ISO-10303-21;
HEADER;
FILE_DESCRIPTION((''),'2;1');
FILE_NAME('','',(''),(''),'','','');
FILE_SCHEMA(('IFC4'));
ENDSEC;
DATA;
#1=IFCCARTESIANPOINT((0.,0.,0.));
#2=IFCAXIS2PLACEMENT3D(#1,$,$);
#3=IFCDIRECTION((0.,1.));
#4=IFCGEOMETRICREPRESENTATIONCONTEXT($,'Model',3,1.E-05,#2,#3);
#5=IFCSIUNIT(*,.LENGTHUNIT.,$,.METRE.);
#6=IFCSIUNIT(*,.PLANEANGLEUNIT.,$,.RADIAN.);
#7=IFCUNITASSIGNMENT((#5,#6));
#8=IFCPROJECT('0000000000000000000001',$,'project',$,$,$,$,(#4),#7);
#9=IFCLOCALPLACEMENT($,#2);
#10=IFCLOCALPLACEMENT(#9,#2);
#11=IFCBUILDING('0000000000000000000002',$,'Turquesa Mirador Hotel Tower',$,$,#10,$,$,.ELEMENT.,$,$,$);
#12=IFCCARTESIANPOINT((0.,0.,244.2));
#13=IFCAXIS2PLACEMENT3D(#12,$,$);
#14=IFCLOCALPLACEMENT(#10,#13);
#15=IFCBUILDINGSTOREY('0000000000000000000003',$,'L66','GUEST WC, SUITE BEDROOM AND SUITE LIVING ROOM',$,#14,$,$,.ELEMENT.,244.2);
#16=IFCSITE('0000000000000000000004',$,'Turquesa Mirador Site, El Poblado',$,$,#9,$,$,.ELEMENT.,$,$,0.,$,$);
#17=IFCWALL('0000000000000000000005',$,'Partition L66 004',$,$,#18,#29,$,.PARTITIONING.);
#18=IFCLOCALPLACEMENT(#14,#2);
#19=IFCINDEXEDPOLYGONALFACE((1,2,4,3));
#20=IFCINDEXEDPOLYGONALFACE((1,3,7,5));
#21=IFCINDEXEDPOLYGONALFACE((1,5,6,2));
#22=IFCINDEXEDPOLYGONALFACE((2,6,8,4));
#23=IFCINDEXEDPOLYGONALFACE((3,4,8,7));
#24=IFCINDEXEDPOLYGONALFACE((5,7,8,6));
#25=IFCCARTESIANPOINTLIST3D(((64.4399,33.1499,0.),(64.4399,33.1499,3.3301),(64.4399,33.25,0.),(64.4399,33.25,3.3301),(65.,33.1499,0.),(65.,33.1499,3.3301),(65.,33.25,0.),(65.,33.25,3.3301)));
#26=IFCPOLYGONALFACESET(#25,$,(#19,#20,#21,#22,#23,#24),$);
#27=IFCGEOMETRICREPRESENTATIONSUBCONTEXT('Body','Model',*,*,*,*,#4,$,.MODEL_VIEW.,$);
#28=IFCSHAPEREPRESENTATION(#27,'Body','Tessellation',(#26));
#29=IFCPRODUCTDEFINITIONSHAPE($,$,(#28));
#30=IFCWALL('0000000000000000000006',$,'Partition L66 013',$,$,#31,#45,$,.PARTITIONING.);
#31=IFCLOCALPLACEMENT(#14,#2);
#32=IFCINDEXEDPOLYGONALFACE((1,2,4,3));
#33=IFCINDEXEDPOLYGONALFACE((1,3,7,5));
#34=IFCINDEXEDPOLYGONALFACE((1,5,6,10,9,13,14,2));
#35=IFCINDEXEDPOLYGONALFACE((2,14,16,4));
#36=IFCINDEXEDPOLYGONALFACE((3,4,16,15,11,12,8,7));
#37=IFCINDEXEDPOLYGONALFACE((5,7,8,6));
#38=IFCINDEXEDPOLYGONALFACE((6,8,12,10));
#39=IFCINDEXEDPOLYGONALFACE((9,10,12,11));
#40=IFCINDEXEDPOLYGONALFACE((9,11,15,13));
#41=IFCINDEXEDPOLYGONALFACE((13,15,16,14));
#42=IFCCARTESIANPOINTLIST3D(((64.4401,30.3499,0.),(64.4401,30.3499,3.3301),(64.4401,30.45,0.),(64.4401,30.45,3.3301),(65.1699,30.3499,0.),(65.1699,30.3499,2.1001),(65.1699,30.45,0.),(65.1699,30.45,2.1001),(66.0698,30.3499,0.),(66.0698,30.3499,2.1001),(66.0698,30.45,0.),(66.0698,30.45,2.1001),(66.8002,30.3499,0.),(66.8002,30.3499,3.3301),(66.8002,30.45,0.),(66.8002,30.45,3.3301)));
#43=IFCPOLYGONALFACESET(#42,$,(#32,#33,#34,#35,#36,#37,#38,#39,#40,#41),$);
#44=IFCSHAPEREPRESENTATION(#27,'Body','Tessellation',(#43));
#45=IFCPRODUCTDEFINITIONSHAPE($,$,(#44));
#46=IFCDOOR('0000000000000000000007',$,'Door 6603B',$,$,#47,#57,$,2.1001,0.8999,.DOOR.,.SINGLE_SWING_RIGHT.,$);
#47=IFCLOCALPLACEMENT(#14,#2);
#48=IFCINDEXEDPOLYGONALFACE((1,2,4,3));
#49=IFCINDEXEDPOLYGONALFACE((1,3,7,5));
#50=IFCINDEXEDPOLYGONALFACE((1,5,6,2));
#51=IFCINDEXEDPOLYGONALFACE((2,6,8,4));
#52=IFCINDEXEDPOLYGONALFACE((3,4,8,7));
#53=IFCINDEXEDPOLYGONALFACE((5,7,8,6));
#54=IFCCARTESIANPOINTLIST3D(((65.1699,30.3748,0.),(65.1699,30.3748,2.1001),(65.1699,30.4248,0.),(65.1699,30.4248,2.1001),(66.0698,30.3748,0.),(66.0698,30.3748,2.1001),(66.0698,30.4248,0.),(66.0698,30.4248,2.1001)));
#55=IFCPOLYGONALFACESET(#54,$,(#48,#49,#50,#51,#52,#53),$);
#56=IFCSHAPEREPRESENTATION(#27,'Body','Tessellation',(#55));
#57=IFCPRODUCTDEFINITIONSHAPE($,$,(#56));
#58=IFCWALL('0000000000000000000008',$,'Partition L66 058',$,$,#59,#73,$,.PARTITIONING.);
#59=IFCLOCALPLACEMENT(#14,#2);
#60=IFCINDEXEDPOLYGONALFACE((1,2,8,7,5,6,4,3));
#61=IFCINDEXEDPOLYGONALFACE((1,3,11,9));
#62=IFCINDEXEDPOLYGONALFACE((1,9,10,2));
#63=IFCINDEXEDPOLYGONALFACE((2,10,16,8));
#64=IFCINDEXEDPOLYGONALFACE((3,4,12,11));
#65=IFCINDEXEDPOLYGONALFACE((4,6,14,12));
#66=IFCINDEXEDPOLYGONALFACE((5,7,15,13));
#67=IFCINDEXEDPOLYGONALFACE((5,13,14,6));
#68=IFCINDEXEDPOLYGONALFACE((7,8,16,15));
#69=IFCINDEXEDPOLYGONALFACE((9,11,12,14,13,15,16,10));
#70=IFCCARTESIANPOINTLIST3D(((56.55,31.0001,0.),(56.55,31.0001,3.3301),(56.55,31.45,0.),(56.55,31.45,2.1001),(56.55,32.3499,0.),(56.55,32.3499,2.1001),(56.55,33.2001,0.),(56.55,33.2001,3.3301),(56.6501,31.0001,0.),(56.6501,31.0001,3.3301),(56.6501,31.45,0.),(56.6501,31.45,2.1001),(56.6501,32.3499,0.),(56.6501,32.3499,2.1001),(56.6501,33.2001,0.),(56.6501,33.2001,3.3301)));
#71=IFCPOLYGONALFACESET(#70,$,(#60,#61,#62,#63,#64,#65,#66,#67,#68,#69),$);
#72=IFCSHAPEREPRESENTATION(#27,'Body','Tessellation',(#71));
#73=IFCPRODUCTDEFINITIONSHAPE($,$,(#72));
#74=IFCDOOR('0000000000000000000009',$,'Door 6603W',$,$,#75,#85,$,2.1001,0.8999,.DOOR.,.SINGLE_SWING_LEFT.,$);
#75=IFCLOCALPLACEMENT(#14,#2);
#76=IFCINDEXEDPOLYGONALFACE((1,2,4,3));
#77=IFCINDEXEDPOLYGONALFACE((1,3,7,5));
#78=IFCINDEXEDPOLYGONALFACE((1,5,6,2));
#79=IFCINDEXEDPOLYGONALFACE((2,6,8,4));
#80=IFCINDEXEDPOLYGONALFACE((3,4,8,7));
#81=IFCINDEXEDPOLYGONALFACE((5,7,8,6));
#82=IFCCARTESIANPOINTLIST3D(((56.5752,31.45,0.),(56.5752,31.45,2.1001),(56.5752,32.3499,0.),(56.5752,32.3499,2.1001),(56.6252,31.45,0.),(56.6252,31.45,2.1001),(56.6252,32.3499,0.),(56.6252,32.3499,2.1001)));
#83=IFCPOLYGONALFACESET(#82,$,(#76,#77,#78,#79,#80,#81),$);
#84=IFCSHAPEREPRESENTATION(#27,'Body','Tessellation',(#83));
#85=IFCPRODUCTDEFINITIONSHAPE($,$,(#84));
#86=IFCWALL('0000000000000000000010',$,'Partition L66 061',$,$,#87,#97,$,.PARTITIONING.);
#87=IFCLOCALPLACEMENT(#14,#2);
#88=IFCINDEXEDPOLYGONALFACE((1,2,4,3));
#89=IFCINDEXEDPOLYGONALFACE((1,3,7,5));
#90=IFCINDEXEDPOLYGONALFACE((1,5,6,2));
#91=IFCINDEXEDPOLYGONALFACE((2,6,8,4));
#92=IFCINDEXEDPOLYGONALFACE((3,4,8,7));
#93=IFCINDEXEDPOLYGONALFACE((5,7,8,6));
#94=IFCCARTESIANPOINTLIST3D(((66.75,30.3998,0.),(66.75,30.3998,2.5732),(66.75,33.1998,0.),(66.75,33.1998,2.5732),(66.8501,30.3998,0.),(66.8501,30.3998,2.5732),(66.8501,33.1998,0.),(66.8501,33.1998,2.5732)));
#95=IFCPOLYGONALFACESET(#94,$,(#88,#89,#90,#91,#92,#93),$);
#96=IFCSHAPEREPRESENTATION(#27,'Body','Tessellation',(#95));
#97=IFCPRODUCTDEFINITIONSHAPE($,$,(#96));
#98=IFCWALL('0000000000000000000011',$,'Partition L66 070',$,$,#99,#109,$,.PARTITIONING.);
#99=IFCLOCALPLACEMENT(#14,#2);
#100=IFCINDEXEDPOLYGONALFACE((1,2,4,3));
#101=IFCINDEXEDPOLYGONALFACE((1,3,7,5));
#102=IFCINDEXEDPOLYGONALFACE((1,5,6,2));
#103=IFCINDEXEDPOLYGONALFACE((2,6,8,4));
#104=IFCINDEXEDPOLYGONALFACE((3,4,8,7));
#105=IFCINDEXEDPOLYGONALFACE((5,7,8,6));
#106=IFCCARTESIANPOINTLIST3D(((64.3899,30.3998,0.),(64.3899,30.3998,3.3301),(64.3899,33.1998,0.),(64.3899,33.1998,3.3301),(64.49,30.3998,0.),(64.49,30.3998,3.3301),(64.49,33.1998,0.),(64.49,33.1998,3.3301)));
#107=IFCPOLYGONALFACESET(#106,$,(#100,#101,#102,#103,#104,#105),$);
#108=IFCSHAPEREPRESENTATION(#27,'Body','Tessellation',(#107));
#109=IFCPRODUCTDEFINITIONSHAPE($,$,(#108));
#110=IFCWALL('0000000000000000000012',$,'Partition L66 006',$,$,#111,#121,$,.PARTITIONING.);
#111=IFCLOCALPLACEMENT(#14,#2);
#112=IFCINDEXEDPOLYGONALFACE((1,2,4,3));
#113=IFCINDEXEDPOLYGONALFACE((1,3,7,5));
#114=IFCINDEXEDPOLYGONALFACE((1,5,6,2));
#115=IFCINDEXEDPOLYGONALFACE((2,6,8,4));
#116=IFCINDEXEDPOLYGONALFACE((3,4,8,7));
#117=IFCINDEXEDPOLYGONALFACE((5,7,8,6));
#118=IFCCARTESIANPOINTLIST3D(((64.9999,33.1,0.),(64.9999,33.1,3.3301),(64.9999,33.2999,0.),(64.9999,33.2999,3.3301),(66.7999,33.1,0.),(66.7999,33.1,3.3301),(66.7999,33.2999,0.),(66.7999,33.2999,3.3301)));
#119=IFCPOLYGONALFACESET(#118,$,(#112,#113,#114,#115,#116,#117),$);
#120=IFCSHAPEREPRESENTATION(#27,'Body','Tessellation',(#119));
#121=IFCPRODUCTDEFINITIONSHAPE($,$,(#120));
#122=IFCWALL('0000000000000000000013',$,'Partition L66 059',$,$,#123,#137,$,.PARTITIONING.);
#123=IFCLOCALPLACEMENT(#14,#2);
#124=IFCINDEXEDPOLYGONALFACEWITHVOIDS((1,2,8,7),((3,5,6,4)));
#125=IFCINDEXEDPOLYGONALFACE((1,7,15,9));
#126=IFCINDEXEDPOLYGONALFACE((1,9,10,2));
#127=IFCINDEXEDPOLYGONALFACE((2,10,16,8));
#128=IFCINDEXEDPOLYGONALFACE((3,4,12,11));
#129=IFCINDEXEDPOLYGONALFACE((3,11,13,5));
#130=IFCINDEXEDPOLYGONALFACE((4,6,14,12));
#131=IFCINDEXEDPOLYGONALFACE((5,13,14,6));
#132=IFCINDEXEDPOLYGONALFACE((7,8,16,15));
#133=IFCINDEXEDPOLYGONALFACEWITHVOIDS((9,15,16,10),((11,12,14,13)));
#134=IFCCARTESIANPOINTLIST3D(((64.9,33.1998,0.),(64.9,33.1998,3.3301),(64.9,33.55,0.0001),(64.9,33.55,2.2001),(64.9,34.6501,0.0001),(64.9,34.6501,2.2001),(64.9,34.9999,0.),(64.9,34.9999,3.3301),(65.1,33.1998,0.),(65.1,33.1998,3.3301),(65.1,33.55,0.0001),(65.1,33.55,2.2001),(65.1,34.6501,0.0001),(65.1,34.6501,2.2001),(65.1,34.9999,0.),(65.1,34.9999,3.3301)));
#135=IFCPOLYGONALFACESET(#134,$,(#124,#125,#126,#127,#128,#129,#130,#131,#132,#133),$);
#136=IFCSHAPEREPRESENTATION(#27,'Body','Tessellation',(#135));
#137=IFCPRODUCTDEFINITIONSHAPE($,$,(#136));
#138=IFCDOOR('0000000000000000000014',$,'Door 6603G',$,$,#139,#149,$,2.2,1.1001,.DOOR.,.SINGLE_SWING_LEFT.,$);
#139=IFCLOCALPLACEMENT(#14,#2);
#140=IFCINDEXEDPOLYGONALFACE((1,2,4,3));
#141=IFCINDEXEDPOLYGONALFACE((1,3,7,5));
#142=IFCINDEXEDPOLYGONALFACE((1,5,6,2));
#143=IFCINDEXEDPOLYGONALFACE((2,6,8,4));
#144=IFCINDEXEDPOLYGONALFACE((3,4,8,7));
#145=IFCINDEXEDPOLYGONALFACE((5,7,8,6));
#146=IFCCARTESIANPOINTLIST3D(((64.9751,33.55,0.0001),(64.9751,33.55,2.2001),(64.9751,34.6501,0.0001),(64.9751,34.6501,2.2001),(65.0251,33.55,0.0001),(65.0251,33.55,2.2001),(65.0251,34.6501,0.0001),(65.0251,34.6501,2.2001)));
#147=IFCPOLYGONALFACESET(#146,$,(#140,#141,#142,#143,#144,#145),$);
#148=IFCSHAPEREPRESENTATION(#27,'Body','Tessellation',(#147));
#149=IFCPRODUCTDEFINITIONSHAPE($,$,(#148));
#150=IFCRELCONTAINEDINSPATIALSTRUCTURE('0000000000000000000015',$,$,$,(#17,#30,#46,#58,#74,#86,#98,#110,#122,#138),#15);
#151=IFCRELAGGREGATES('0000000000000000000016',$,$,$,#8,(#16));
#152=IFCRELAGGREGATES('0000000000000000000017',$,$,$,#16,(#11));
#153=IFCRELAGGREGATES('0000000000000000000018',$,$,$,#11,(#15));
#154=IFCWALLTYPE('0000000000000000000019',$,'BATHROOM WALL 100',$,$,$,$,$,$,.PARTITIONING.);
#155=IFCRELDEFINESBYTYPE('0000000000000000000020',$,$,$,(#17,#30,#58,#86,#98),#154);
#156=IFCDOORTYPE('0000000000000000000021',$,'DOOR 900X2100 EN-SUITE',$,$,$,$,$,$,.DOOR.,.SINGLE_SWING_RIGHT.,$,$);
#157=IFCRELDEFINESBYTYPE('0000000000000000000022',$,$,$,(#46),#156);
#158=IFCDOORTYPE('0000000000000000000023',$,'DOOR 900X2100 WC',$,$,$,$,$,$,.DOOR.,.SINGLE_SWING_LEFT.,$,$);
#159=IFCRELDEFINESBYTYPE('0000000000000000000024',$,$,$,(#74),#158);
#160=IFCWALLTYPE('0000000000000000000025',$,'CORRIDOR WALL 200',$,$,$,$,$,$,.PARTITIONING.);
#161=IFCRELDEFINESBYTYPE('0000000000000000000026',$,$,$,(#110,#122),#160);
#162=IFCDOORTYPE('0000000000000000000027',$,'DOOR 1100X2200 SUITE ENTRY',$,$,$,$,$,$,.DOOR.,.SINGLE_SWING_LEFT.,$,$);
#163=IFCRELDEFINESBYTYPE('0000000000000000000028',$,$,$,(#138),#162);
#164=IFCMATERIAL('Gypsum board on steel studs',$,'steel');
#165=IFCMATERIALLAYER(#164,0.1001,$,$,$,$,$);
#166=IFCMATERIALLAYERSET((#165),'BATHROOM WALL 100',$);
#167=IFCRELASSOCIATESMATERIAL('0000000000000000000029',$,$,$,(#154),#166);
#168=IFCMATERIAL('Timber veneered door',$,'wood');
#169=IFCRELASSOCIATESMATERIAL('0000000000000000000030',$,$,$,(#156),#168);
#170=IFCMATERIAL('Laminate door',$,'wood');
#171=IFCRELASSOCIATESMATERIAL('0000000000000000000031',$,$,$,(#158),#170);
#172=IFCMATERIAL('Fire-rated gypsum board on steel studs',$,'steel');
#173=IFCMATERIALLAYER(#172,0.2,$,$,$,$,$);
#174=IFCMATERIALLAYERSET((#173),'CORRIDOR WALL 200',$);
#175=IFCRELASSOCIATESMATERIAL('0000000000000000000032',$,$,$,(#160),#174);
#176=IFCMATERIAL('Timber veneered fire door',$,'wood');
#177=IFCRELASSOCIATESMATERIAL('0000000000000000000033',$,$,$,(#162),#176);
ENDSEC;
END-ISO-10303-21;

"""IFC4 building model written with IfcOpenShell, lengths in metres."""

from ifc_helpers import new_model, si_unit, direction, frame, frame_2d, origin, place, context, subcontext, project, spatial, rectangle, extrude, material, layer, layer_set, type_object, element, fill, save


model = new_model("IFC4")

# Units and contexts
model_context = context("Model", 3, precision=1e-05, world=origin(), true_north=direction((0.0, 1.0)))
body_context = subcontext(model_context, "Body", "Model", "MODEL_VIEW")
ifc_project = project(units=[si_unit("LENGTHUNIT", "METRE"), si_unit("PLANEANGLEUNIT", "RADIAN")], contexts=[model_context])

# Site, building, storey
site_placement = place(None, origin())
site = spatial("IfcSite", under=ifc_project, at=site_placement, Name="Turquesa Mirador Site, El Poblado", CompositionType="ELEMENT", RefElevation=0.0)
building_placement = place(site_placement, origin())
building = spatial("IfcBuilding", under=site, at=building_placement, Name="Turquesa Mirador Hotel Tower", CompositionType="ELEMENT")
storey_placement = place(building_placement, frame((0.0, 0.0, 244.2)))
storey = spatial("IfcBuildingStorey", under=building, at=storey_placement, Name="L66", Description="GUEST WC, SUITE BEDROOM AND SUITE LIVING ROOM", CompositionType="ELEMENT", Elevation=244.2)

# Wall
ifc_material_1 = material(Name="Gypsum board on steel studs", Category="steel")
ifc_layer_1 = layer(ifc_material_1, 0.1001)
ifc_layer_set_1 = layer_set([ifc_layer_1], Name="BATHROOM WALL 100")
wall_type_1 = type_object("IfcWallType", Name="BATHROOM WALL 100", PredefinedType="PARTITIONING", material=ifc_layer_set_1)
wall_1_placement = place(storey_placement, frame((64.4399, 33.2, 0.0), z_axis=(0.0, 0.0, 1.0), x_axis=(1.0, 0.0, 0.0)))
element("IfcWall", 1, at=wall_1_placement, inside=storey, type_object=wall_type_1, Name="Partition L66 004", PredefinedType="PARTITIONING", context=body_context, shape_type="SweptSolid", body=[
    extrude(rectangle(XDim=0.5601, YDim=0.1001, at=frame_2d((0.28, 0.0))), origin(), (0.0, 0.0, 1.0), 3.3301),
])

# Walls, openings, doors
wall_2_placement = place(storey_placement, frame((64.4399, 30.3999, 0.0), z_axis=(0.0, 0.0, 1.0), x_axis=(1.0, 0.0, 0.0)))
wall_2 = element("IfcWall", 2, at=wall_2_placement, inside=storey, type_object=wall_type_1, Name="Partition L66 013", PredefinedType="PARTITIONING", context=body_context, shape_type="SweptSolid", body=[
    extrude(rectangle(XDim=2.3601, YDim=0.1001, at=frame_2d((1.1802, 0.0))), origin(), (0.0, 0.0, 1.0), 3.3301),
])
opening_1_placement = place(wall_2_placement, frame((0.73, 0.0, 0.0)))
opening_1 = element("IfcOpeningElement", 3, at=opening_1_placement, cuts=wall_2, PredefinedType="OPENING", context=body_context, shape_type="SweptSolid", body=[
    extrude(rectangle(XDim=0.8999, YDim=2.1001, at=frame_2d((0.45, 1.05))), frame((0.0, 0.0601, 0.0), z_axis=(0.0, -1.0, 0.0), x_axis=(1.0, 0.0, 0.0)), (0.0, 0.0, 1.0), 0.1201),
])
ifc_material_2 = material(Name="Timber veneered door", Category="wood")
door_type_1 = type_object("IfcDoorType", Name="DOOR 900X2100 EN-SUITE", OperationType="SINGLE_SWING_RIGHT", PredefinedType="DOOR", material=ifc_material_2)
door_1_placement = place(opening_1_placement, origin())
door_1 = element("IfcDoor", 4, at=door_1_placement, inside=storey, type_object=door_type_1, Name="Door 6603B", OperationType="SINGLE_SWING_RIGHT", OverallHeight=2.1001, OverallWidth=0.8999, PredefinedType="DOOR", context=body_context, shape_type="SweptSolid", body=[
    extrude(rectangle(XDim=0.8999, YDim=2.1001, at=frame_2d((0.45, 1.05))), frame((0.0, 0.0249, 0.0), z_axis=(0.0, -1.0, 0.0), x_axis=(1.0, 0.0, 0.0)), (0.0, 0.0, 1.0), 0.05),
])
fill(opening_1, door_1)
wall_3_placement = place(storey_placement, frame((56.6001, 31.0, 0.0), z_axis=(0.0, 0.0, 1.0), x_axis=(0.0, 1.0, 0.0)))
wall_3 = element("IfcWall", 5, at=wall_3_placement, inside=storey, type_object=wall_type_1, Name="Partition L66 058", PredefinedType="PARTITIONING", context=body_context, shape_type="SweptSolid", body=[
    extrude(rectangle(XDim=2.2, YDim=0.1001, at=frame_2d((1.1001, 0.0))), origin(), (0.0, 0.0, 1.0), 3.3301),
])
opening_2_placement = place(wall_3_placement, frame((0.45, 0.0, 0.0)))
opening_2 = element("IfcOpeningElement", 6, at=opening_2_placement, cuts=wall_3, PredefinedType="OPENING", context=body_context, shape_type="SweptSolid", body=[
    extrude(rectangle(XDim=0.8999, YDim=2.1001, at=frame_2d((0.45, 1.05))), frame((0.0, 0.0601, 0.0), z_axis=(0.0, -1.0, 0.0), x_axis=(1.0, 0.0, 0.0)), (0.0, 0.0, 1.0), 0.1201),
])
ifc_material_3 = material(Name="Laminate door", Category="wood")
door_type_2 = type_object("IfcDoorType", Name="DOOR 900X2100 WC", OperationType="SINGLE_SWING_LEFT", PredefinedType="DOOR", material=ifc_material_3)
door_2_placement = place(opening_2_placement, origin())
door_2 = element("IfcDoor", 7, at=door_2_placement, inside=storey, type_object=door_type_2, Name="Door 6603W", OperationType="SINGLE_SWING_LEFT", OverallHeight=2.1001, OverallWidth=0.8999, PredefinedType="DOOR", context=body_context, shape_type="SweptSolid", body=[
    extrude(rectangle(XDim=0.8999, YDim=2.1001, at=frame_2d((0.45, 1.05))), frame((0.0, 0.0249, 0.0), z_axis=(0.0, -1.0, 0.0), x_axis=(1.0, 0.0, 0.0)), (0.0, 0.0, 1.0), 0.05),
])
fill(opening_2, door_2)

# Walls
wall_4_placement = place(storey_placement, frame((66.8, 30.3999, 0.0), z_axis=(0.0, 0.0, 1.0), x_axis=(0.0, 1.0, 0.0)))
element("IfcWall", 8, at=wall_4_placement, inside=storey, type_object=wall_type_1, Name="Partition L66 061", PredefinedType="PARTITIONING", context=body_context, shape_type="SweptSolid", body=[
    extrude(rectangle(XDim=2.8, YDim=0.1001, at=frame_2d((1.3999, 0.0))), origin(), (0.0, 0.0, 1.0), 2.5732),
])
wall_5_placement = place(storey_placement, frame((64.4399, 30.3999, 0.0), z_axis=(0.0, 0.0, 1.0), x_axis=(0.0, 1.0, 0.0)))
element("IfcWall", 9, at=wall_5_placement, inside=storey, type_object=wall_type_1, Name="Partition L66 070", PredefinedType="PARTITIONING", context=body_context, shape_type="SweptSolid", body=[
    extrude(rectangle(XDim=2.8, YDim=0.1001, at=frame_2d((1.3999, 0.0))), origin(), (0.0, 0.0, 1.0), 3.3301),
])
ifc_material_4 = material(Name="Fire-rated gypsum board on steel studs", Category="steel")
ifc_layer_2 = layer(ifc_material_4, 0.2)
ifc_layer_set_2 = layer_set([ifc_layer_2], Name="CORRIDOR WALL 200")
wall_type_2 = type_object("IfcWallType", Name="CORRIDOR WALL 200", PredefinedType="PARTITIONING", material=ifc_layer_set_2)
wall_6_placement = place(storey_placement, frame((65.0, 33.2, 0.0), z_axis=(0.0, 0.0, 1.0), x_axis=(1.0, 0.0, 0.0)))
element("IfcWall", 10, at=wall_6_placement, inside=storey, type_object=wall_type_2, Name="Partition L66 006", PredefinedType="PARTITIONING", context=body_context, shape_type="SweptSolid", body=[
    extrude(rectangle(XDim=1.8, YDim=0.2, at=frame_2d((0.8999, 0.0))), origin(), (0.0, 0.0, 1.0), 3.3301),
])

# Wall, opening, door
wall_7_placement = place(storey_placement, frame((65.0, 33.2, 0.0), z_axis=(0.0, 0.0, 1.0), x_axis=(0.0, 1.0, 0.0)))
wall_7 = element("IfcWall", 11, at=wall_7_placement, inside=storey, type_object=wall_type_2, Name="Partition L66 059", PredefinedType="PARTITIONING", context=body_context, shape_type="SweptSolid", body=[
    extrude(rectangle(XDim=1.8, YDim=0.2, at=frame_2d((0.8999, 0.0))), origin(), (0.0, 0.0, 1.0), 3.3301),
])
opening_3_placement = place(wall_7_placement, frame((0.3501, 0.0, 0.0)))
opening_3 = element("IfcOpeningElement", 12, at=opening_3_placement, cuts=wall_7, PredefinedType="OPENING", context=body_context, shape_type="SweptSolid", body=[
    extrude(rectangle(XDim=1.1001, YDim=2.2, at=frame_2d((0.55, 1.1001))), frame((0.0, 0.1099, 0.0), z_axis=(0.0, -1.0, 0.0), x_axis=(1.0, 0.0, 0.0)), (0.0, 0.0, 1.0), 0.22),
])
ifc_material_5 = material(Name="Timber veneered fire door", Category="wood")
door_type_3 = type_object("IfcDoorType", Name="DOOR 1100X2200 SUITE ENTRY", OperationType="SINGLE_SWING_LEFT", PredefinedType="DOOR", material=ifc_material_5)
door_3_placement = place(opening_3_placement, origin())
door_3 = element("IfcDoor", 13, at=door_3_placement, inside=storey, type_object=door_type_3, Name="Door 6603G", OperationType="SINGLE_SWING_LEFT", OverallHeight=2.2, OverallWidth=1.1001, PredefinedType="DOOR", context=body_context, shape_type="SweptSolid", body=[
    extrude(rectangle(XDim=1.1001, YDim=2.2, at=frame_2d((0.55, 1.1001))), frame((0.0, 0.0249, 0.0), z_axis=(0.0, -1.0, 0.0), x_axis=(1.0, 0.0, 0.0)), (0.0, 0.0, 1.0), 0.05),
])
fill(opening_3, door_3)

save(model, "model.ifc")
